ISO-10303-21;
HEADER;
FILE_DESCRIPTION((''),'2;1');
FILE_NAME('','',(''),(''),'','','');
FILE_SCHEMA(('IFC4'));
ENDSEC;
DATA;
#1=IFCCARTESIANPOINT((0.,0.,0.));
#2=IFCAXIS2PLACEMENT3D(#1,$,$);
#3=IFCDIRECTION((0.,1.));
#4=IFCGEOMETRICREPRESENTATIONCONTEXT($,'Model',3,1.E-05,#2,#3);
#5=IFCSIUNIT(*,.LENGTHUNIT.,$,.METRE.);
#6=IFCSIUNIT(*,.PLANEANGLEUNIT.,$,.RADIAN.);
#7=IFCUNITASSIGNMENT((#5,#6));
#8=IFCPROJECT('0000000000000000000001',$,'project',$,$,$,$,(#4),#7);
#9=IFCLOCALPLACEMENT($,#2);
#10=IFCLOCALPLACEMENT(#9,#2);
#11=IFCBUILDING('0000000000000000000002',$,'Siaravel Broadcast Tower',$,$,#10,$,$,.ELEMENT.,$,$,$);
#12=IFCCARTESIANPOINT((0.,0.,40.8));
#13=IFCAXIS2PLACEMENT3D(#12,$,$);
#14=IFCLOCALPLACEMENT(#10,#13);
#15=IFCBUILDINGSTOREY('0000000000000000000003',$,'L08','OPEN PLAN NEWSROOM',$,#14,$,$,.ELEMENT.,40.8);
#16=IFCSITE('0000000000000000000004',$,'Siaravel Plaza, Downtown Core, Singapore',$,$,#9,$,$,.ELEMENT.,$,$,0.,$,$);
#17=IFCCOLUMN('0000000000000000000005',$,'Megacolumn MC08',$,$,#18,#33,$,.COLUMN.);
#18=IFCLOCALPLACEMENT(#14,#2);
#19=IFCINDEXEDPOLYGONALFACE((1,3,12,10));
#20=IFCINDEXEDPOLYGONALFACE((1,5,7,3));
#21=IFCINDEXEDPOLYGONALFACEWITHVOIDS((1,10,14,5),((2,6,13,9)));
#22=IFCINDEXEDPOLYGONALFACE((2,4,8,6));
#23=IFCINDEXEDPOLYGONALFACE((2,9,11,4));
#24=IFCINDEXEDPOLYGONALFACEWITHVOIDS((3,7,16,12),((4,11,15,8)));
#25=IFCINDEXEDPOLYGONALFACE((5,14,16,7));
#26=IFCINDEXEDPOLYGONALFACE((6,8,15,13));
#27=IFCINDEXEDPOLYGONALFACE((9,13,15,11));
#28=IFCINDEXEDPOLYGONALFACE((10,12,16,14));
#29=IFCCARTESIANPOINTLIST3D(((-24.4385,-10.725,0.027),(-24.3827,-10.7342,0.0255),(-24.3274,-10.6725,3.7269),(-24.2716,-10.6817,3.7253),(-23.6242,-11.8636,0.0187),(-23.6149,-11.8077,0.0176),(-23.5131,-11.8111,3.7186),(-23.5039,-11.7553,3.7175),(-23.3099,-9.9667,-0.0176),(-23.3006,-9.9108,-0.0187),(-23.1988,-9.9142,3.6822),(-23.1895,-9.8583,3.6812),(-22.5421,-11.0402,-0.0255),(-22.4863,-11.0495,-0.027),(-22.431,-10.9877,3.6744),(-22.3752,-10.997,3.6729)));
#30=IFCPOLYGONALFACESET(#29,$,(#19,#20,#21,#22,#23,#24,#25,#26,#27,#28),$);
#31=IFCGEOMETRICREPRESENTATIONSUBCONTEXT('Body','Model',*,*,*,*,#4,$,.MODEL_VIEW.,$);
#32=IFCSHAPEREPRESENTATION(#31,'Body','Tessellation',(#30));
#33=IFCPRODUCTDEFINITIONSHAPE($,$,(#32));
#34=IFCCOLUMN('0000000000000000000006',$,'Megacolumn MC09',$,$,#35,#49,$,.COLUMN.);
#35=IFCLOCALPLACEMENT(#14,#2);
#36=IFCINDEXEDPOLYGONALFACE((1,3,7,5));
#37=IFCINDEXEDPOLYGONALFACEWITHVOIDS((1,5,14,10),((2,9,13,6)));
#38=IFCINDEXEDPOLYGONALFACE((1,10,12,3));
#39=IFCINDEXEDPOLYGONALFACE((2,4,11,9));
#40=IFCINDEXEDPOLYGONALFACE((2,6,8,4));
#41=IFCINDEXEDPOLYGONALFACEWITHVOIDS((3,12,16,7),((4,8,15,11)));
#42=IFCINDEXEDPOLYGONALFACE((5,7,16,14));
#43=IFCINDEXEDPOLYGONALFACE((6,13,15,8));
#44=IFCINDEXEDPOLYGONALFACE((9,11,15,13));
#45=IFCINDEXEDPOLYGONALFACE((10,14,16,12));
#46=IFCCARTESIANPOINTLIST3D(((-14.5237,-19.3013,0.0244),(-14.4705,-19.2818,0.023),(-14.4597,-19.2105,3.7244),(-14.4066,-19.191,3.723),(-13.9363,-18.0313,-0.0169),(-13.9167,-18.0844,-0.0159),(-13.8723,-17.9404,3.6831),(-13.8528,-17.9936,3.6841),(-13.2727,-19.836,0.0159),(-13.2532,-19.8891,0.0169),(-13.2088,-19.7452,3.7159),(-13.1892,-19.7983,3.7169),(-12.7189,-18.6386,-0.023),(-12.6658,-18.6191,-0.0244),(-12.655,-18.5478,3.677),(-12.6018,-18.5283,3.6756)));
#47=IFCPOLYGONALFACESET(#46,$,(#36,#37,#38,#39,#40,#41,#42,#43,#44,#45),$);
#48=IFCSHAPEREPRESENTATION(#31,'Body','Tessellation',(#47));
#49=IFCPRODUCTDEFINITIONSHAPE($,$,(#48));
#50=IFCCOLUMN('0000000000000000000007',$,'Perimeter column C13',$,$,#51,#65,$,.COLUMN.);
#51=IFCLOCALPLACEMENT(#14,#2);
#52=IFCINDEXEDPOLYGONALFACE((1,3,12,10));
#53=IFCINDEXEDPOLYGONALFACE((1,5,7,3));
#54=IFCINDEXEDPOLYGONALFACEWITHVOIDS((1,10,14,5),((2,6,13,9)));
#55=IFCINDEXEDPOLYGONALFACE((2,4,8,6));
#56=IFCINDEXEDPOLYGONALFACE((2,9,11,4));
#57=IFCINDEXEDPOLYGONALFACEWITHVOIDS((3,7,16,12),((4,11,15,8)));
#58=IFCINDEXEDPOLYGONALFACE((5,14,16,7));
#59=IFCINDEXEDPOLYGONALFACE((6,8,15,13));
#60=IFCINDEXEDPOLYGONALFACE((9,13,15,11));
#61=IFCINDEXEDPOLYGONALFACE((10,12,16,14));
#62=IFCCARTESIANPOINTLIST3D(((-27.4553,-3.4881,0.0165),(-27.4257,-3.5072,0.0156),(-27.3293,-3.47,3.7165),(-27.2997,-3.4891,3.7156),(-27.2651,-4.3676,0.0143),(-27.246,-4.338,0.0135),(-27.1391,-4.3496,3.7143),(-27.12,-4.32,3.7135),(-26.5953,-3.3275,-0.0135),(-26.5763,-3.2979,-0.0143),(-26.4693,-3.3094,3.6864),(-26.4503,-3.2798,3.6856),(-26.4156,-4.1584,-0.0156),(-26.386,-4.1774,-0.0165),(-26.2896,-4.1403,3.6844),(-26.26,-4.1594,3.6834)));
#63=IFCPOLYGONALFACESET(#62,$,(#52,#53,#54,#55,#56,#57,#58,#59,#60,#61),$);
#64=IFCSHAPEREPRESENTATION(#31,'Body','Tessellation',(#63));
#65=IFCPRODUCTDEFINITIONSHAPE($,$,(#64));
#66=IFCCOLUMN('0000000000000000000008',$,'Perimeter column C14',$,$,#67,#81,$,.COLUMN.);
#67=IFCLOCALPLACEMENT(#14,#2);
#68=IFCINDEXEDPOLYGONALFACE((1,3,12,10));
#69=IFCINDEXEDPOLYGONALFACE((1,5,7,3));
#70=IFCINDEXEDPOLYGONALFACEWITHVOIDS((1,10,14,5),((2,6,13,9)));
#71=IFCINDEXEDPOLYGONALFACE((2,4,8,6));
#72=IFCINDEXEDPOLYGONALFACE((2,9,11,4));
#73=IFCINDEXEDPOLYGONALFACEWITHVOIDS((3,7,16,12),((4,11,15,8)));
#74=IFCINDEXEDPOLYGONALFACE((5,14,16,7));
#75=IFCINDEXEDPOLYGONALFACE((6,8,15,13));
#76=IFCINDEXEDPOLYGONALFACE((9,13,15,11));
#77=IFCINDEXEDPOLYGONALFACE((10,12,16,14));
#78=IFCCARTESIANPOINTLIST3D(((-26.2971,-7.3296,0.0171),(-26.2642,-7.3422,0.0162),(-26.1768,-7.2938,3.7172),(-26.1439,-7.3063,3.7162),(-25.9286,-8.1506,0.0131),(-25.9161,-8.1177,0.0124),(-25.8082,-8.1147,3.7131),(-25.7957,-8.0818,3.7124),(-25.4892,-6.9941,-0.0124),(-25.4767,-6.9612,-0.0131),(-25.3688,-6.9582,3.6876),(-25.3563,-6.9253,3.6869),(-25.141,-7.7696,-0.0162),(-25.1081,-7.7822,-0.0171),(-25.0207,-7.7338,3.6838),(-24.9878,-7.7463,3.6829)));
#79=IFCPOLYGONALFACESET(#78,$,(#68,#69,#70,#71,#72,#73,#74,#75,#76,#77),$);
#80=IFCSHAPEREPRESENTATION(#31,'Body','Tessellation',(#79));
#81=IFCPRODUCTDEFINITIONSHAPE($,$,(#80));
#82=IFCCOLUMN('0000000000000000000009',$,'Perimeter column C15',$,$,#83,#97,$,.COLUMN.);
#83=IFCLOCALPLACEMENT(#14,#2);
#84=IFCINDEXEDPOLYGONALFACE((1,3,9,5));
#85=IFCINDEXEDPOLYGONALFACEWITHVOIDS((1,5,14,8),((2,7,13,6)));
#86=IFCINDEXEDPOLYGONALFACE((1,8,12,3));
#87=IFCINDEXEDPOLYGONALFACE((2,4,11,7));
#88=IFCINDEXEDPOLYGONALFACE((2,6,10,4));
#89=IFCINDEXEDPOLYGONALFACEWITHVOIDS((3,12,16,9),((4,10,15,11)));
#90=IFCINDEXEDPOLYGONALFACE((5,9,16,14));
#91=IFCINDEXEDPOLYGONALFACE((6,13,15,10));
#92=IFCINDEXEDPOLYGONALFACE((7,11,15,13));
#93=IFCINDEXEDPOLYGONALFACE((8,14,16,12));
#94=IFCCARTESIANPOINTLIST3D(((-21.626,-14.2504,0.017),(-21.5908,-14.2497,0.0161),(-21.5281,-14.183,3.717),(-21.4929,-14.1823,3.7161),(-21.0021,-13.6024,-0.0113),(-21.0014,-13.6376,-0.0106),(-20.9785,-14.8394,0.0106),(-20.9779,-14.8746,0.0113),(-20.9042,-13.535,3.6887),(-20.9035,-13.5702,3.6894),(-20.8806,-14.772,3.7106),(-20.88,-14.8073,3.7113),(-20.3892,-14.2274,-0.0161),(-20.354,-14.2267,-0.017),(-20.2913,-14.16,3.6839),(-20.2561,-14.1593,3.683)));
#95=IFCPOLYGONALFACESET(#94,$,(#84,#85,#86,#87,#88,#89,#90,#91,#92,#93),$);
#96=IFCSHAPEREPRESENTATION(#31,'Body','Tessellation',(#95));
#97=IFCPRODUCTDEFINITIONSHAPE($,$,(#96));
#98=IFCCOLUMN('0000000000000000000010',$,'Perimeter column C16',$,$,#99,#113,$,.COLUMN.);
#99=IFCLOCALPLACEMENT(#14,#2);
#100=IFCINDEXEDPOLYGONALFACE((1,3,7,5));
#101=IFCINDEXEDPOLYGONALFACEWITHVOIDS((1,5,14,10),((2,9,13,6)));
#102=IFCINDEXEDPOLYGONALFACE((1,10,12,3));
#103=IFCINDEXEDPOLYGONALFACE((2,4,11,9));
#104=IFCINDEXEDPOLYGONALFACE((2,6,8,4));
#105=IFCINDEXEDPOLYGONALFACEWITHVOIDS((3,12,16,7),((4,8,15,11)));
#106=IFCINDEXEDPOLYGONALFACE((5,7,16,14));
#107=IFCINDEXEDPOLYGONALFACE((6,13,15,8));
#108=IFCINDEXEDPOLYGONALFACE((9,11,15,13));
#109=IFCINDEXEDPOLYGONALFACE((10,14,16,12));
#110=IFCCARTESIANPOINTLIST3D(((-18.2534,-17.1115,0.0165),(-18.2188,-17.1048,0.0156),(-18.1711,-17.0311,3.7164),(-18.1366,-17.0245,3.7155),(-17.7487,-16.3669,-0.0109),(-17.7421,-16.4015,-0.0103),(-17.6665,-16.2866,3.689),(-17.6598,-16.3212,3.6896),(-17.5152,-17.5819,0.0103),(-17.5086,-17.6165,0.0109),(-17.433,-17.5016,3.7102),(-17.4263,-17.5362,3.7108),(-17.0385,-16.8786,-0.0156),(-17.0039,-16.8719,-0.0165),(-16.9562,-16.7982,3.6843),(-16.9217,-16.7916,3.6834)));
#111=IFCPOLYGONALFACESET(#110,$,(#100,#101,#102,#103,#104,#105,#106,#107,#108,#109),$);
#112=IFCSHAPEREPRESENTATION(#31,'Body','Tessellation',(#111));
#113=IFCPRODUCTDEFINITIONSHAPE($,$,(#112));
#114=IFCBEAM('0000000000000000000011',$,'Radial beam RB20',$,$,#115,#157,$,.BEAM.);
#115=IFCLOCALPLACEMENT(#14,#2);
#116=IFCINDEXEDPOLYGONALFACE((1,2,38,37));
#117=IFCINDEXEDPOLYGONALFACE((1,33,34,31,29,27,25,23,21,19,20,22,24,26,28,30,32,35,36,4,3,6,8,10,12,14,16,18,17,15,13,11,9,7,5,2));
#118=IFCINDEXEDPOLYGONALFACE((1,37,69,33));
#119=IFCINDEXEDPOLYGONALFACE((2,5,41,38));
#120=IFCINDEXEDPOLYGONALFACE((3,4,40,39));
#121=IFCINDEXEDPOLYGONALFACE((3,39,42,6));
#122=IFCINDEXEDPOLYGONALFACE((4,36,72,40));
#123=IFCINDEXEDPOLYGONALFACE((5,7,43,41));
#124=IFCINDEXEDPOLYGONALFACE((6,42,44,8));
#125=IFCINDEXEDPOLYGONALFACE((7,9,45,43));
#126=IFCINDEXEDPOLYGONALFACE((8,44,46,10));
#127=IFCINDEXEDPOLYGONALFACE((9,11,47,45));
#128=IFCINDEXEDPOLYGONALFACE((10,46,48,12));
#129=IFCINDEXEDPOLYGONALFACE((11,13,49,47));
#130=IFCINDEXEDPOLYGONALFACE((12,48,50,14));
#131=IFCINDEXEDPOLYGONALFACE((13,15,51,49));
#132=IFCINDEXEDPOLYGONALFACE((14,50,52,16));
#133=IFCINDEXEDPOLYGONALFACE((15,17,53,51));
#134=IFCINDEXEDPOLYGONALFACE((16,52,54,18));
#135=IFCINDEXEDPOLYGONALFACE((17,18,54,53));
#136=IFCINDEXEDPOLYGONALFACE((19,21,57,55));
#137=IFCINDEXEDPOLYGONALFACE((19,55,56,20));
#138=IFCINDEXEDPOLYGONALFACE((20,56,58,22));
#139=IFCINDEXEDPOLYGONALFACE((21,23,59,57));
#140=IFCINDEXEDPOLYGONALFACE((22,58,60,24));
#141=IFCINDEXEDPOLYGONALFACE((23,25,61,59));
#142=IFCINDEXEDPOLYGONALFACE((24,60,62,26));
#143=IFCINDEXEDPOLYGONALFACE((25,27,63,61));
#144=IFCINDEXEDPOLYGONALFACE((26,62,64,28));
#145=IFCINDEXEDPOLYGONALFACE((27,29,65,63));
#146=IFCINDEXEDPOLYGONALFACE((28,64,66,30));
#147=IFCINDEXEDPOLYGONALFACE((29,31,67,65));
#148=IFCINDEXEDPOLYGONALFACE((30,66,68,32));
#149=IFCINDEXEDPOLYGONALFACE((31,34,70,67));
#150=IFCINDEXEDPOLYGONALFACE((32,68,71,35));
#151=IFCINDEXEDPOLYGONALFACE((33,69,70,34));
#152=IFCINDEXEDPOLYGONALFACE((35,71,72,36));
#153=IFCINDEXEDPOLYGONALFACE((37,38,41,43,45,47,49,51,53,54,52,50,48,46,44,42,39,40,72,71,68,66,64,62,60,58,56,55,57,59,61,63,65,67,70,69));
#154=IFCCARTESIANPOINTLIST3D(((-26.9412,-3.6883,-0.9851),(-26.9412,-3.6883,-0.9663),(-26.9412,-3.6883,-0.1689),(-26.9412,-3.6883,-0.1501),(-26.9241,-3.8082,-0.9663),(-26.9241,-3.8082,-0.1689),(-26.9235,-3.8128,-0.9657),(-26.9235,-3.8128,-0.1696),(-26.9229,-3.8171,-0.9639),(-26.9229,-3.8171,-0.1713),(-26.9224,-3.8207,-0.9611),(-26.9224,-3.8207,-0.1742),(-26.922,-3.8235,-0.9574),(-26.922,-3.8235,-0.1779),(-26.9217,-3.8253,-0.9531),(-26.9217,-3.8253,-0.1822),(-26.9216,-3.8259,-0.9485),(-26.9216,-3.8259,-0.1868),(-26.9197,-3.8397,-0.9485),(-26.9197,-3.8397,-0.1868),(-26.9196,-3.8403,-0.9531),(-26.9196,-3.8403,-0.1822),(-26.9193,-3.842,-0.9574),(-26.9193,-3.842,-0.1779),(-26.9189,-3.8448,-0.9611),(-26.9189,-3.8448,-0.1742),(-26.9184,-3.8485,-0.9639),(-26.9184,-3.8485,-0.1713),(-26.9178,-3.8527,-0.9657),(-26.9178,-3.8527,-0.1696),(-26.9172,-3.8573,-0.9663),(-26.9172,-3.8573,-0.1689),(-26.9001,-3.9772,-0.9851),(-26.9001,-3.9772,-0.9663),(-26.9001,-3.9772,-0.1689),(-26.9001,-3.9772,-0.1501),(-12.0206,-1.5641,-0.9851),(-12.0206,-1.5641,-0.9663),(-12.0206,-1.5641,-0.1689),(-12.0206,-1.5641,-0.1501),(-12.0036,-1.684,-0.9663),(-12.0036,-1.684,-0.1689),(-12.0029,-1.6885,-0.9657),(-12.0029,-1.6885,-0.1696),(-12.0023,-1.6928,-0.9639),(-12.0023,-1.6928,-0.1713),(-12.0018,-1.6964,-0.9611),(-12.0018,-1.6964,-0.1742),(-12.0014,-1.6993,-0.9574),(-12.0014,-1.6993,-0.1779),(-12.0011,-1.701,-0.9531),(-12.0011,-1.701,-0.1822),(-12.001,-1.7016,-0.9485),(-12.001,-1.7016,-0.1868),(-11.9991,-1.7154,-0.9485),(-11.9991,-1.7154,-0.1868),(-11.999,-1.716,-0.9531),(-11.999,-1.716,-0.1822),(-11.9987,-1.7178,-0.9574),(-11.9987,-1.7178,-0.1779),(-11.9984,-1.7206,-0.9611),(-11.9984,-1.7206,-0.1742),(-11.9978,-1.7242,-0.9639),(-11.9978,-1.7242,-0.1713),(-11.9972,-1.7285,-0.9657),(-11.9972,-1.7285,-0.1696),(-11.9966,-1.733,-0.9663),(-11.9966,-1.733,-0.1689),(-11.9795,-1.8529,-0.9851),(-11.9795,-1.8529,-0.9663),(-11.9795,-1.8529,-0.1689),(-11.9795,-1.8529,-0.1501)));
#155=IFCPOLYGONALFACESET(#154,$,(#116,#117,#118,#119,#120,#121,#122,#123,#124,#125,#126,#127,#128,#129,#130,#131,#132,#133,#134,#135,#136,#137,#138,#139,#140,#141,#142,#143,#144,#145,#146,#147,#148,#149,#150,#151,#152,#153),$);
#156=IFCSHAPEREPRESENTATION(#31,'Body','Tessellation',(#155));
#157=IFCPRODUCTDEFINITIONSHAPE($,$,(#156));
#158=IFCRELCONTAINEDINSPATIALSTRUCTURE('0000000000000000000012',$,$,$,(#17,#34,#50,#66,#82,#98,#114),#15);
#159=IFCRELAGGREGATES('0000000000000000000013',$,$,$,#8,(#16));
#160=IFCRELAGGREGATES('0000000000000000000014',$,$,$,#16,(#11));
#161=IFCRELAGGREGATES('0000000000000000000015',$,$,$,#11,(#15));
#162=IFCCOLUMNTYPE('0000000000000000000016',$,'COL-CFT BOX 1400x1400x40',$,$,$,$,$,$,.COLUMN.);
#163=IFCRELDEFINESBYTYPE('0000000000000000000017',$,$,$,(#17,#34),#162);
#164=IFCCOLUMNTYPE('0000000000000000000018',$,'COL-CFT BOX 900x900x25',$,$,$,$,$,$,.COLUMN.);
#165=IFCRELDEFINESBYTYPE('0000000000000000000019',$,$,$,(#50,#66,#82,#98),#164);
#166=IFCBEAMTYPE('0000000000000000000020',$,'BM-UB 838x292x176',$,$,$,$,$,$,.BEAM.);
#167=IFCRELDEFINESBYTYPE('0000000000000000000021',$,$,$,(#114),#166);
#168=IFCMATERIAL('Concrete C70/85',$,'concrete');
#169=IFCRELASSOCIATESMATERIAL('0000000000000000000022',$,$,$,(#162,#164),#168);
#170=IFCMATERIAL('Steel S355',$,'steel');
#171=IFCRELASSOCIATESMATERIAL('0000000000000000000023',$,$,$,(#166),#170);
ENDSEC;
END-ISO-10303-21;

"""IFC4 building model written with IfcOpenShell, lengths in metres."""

from ifc_helpers import new_model, si_unit, direction, frame, origin, origin_2d, place, context, subcontext, project, spatial, hollow_rectangle, i_section, extrude, material, material_profile, profile_set, type_object, element, save


model = new_model("IFC4")

# Units and contexts
model_context = context("Model", 3, precision=1e-05, world=origin(), true_north=direction((0.0, 1.0)))
body_context = subcontext(model_context, "Body", "Model", "MODEL_VIEW")
ifc_project = project(units=[si_unit("LENGTHUNIT", "METRE"), si_unit("PLANEANGLEUNIT", "RADIAN")], contexts=[model_context])

# Site, building, storey
site_placement = place(None, origin())
site = spatial("IfcSite", under=ifc_project, at=site_placement, Name="Siaravel Plaza, Downtown Core, Singapore", CompositionType="ELEMENT", RefElevation=0.0)
building_placement = place(site_placement, origin())
building = spatial("IfcBuilding", under=site, at=building_placement, Name="Siaravel Broadcast Tower", CompositionType="ELEMENT")
storey_placement = place(building_placement, frame((0.0, 0.0, 40.8)))
storey = spatial("IfcBuildingStorey", under=building, at=storey_placement, Name="L08", Description="OPEN PLAN NEWSROOM", CompositionType="ELEMENT", Elevation=40.8)

# Columns
ifc_material_1 = material(Name="Concrete C70/85", Category="concrete")
ifc_material_profile_1 = material_profile(ifc_material_1, hollow_rectangle(XDim=1.3999, YDim=1.3999, WallThickness=0.04, at=origin_2d()))
ifc_profile_set_1 = profile_set([ifc_material_profile_1], Name="Concrete C70/85")
column_type_1 = type_object("IfcColumnType", Name="COL-CFT BOX 1400x1400x40", PredefinedType="COLUMN", material=ifc_profile_set_1)
column_1_placement = place(storey_placement, frame((-23.4624, -10.8872, 0.0), z_axis=(0.030007, 0.014179, 0.999449), x_axis=(-0.581708, 0.813376, 0.005926)))
element("IfcColumn", 1, at=column_1_placement, inside=storey, type_object=column_type_1, Name="Megacolumn MC08", PredefinedType="COLUMN", context=body_context, shape_type="SweptSolid", body=[
    extrude(hollow_rectangle(XDim=1.3999, YDim=1.3999, WallThickness=0.04, at=origin_2d()), origin(), (0.0, 0.0, 1.0), 3.7019),
])
column_2_placement = place(storey_placement, frame((-13.5947, -18.9602, 0.0), z_axis=(0.01728, 0.024535, 0.99955), x_axis=(-0.90754, 0.419931, 0.005382)))
element("IfcColumn", 2, at=column_2_placement, inside=storey, type_object=column_type_1, Name="Megacolumn MC09", PredefinedType="COLUMN", context=body_context, shape_type="SweptSolid", body=[
    extrude(hollow_rectangle(XDim=1.3999, YDim=1.3999, WallThickness=0.04, at=origin_2d()), origin(), (0.0, 0.0, 1.0), 3.7017),
])
ifc_material_profile_2 = material_profile(ifc_material_1, hollow_rectangle(XDim=0.8999, YDim=0.8999, WallThickness=0.0249, at=origin_2d()))
ifc_profile_set_2 = profile_set([ifc_material_profile_2], Name="Concrete C70/85")
column_type_2 = type_object("IfcColumnType", Name="COL-CFT BOX 900x900x25", PredefinedType="COLUMN", material=ifc_profile_set_2)
for number, where, z_axis, x_axis, name in (
    (3, (-26.9207, -3.8328, 0.0), (0.034028, 0.00488, 0.999409), (-0.211389, 0.977399, 0.002425), "Perimeter column C13"),
    (4, (-25.7026, -7.5559, 0.0), (0.032512, 0.009694, 0.999424), (-0.40952, 0.91229, 0.004473), "Perimeter column C14"),
):
    element("IfcColumn", number, at=place(storey_placement, frame(where, z_axis=z_axis, x_axis=x_axis)), inside=storey, type_object=column_type_2, Name=name, PredefinedType="COLUMN", context=body_context, shape_type="SweptSolid", body=[
        extrude(hollow_rectangle(XDim=0.8999, YDim=0.8999, WallThickness=0.0249, at=origin_2d()), origin(), (0.0, 0.0, 1.0), 3.7021),
    ])
column_3_placement = place(storey_placement, frame((-20.99, -14.2385, 0.0), z_axis=(0.026446, 0.018202, 0.999484), x_axis=(-0.72021, 0.693726, 0.006423)))
element("IfcColumn", 5, at=column_3_placement, inside=storey, type_object=column_type_2, Name="Perimeter column C15", PredefinedType="COLUMN", context=body_context, shape_type="SweptSolid", body=[
    extrude(hollow_rectangle(XDim=0.8999, YDim=0.8999, WallThickness=0.0249, at=origin_2d()), origin(), (0.0, 0.0, 1.0), 3.7019),
])
column_4_placement = place(storey_placement, frame((-17.6287, -16.9917, 0.0), z_axis=(0.022226, 0.021699, 0.999517), x_axis=(-0.827647, 0.561215, 0.006221)))
element("IfcColumn", 6, at=column_4_placement, inside=storey, type_object=column_type_2, Name="Perimeter column C16", PredefinedType="COLUMN", context=body_context, shape_type="SweptSolid", body=[
    extrude(hollow_rectangle(XDim=0.8999, YDim=0.8999, WallThickness=0.0249, at=origin_2d()), origin(), (0.0, 0.0, 1.0), 3.7017),
])

# Beam
ifc_material_2 = material(Name="Steel S355", Category="steel")
ifc_material_profile_3 = material_profile(ifc_material_2, i_section(OverallWidth=0.2917, OverallDepth=0.835, WebThickness=0.0139, FlangeThickness=0.0188, FilletRadius=0.0178, at=origin_2d()))
ifc_profile_set_3 = profile_set([ifc_material_profile_3], Name="Steel S355")
beam_type = type_object("IfcBeamType", Name="BM-UB 838x292x176", PredefinedType="BEAM", material=ifc_profile_set_3)
beam_1_placement = place(storey_placement, frame((-26.9207, -3.8328, -0.5676), z_axis=(0.990017, 0.14095, 0.0), x_axis=(-0.14095, 0.990017, 0.0)))
element("IfcBeam", 7, at=beam_1_placement, inside=storey, type_object=beam_type, Name="Radial beam RB20", PredefinedType="BEAM", context=body_context, shape_type="SweptSolid", body=[
    extrude(i_section(OverallWidth=0.2917, OverallDepth=0.835, WebThickness=0.0139, FlangeThickness=0.0188, FilletRadius=0.0178, at=origin_2d()), origin(), (0.0, 0.0, 1.0), 15.071),
])

save(model, "model.ifc")
